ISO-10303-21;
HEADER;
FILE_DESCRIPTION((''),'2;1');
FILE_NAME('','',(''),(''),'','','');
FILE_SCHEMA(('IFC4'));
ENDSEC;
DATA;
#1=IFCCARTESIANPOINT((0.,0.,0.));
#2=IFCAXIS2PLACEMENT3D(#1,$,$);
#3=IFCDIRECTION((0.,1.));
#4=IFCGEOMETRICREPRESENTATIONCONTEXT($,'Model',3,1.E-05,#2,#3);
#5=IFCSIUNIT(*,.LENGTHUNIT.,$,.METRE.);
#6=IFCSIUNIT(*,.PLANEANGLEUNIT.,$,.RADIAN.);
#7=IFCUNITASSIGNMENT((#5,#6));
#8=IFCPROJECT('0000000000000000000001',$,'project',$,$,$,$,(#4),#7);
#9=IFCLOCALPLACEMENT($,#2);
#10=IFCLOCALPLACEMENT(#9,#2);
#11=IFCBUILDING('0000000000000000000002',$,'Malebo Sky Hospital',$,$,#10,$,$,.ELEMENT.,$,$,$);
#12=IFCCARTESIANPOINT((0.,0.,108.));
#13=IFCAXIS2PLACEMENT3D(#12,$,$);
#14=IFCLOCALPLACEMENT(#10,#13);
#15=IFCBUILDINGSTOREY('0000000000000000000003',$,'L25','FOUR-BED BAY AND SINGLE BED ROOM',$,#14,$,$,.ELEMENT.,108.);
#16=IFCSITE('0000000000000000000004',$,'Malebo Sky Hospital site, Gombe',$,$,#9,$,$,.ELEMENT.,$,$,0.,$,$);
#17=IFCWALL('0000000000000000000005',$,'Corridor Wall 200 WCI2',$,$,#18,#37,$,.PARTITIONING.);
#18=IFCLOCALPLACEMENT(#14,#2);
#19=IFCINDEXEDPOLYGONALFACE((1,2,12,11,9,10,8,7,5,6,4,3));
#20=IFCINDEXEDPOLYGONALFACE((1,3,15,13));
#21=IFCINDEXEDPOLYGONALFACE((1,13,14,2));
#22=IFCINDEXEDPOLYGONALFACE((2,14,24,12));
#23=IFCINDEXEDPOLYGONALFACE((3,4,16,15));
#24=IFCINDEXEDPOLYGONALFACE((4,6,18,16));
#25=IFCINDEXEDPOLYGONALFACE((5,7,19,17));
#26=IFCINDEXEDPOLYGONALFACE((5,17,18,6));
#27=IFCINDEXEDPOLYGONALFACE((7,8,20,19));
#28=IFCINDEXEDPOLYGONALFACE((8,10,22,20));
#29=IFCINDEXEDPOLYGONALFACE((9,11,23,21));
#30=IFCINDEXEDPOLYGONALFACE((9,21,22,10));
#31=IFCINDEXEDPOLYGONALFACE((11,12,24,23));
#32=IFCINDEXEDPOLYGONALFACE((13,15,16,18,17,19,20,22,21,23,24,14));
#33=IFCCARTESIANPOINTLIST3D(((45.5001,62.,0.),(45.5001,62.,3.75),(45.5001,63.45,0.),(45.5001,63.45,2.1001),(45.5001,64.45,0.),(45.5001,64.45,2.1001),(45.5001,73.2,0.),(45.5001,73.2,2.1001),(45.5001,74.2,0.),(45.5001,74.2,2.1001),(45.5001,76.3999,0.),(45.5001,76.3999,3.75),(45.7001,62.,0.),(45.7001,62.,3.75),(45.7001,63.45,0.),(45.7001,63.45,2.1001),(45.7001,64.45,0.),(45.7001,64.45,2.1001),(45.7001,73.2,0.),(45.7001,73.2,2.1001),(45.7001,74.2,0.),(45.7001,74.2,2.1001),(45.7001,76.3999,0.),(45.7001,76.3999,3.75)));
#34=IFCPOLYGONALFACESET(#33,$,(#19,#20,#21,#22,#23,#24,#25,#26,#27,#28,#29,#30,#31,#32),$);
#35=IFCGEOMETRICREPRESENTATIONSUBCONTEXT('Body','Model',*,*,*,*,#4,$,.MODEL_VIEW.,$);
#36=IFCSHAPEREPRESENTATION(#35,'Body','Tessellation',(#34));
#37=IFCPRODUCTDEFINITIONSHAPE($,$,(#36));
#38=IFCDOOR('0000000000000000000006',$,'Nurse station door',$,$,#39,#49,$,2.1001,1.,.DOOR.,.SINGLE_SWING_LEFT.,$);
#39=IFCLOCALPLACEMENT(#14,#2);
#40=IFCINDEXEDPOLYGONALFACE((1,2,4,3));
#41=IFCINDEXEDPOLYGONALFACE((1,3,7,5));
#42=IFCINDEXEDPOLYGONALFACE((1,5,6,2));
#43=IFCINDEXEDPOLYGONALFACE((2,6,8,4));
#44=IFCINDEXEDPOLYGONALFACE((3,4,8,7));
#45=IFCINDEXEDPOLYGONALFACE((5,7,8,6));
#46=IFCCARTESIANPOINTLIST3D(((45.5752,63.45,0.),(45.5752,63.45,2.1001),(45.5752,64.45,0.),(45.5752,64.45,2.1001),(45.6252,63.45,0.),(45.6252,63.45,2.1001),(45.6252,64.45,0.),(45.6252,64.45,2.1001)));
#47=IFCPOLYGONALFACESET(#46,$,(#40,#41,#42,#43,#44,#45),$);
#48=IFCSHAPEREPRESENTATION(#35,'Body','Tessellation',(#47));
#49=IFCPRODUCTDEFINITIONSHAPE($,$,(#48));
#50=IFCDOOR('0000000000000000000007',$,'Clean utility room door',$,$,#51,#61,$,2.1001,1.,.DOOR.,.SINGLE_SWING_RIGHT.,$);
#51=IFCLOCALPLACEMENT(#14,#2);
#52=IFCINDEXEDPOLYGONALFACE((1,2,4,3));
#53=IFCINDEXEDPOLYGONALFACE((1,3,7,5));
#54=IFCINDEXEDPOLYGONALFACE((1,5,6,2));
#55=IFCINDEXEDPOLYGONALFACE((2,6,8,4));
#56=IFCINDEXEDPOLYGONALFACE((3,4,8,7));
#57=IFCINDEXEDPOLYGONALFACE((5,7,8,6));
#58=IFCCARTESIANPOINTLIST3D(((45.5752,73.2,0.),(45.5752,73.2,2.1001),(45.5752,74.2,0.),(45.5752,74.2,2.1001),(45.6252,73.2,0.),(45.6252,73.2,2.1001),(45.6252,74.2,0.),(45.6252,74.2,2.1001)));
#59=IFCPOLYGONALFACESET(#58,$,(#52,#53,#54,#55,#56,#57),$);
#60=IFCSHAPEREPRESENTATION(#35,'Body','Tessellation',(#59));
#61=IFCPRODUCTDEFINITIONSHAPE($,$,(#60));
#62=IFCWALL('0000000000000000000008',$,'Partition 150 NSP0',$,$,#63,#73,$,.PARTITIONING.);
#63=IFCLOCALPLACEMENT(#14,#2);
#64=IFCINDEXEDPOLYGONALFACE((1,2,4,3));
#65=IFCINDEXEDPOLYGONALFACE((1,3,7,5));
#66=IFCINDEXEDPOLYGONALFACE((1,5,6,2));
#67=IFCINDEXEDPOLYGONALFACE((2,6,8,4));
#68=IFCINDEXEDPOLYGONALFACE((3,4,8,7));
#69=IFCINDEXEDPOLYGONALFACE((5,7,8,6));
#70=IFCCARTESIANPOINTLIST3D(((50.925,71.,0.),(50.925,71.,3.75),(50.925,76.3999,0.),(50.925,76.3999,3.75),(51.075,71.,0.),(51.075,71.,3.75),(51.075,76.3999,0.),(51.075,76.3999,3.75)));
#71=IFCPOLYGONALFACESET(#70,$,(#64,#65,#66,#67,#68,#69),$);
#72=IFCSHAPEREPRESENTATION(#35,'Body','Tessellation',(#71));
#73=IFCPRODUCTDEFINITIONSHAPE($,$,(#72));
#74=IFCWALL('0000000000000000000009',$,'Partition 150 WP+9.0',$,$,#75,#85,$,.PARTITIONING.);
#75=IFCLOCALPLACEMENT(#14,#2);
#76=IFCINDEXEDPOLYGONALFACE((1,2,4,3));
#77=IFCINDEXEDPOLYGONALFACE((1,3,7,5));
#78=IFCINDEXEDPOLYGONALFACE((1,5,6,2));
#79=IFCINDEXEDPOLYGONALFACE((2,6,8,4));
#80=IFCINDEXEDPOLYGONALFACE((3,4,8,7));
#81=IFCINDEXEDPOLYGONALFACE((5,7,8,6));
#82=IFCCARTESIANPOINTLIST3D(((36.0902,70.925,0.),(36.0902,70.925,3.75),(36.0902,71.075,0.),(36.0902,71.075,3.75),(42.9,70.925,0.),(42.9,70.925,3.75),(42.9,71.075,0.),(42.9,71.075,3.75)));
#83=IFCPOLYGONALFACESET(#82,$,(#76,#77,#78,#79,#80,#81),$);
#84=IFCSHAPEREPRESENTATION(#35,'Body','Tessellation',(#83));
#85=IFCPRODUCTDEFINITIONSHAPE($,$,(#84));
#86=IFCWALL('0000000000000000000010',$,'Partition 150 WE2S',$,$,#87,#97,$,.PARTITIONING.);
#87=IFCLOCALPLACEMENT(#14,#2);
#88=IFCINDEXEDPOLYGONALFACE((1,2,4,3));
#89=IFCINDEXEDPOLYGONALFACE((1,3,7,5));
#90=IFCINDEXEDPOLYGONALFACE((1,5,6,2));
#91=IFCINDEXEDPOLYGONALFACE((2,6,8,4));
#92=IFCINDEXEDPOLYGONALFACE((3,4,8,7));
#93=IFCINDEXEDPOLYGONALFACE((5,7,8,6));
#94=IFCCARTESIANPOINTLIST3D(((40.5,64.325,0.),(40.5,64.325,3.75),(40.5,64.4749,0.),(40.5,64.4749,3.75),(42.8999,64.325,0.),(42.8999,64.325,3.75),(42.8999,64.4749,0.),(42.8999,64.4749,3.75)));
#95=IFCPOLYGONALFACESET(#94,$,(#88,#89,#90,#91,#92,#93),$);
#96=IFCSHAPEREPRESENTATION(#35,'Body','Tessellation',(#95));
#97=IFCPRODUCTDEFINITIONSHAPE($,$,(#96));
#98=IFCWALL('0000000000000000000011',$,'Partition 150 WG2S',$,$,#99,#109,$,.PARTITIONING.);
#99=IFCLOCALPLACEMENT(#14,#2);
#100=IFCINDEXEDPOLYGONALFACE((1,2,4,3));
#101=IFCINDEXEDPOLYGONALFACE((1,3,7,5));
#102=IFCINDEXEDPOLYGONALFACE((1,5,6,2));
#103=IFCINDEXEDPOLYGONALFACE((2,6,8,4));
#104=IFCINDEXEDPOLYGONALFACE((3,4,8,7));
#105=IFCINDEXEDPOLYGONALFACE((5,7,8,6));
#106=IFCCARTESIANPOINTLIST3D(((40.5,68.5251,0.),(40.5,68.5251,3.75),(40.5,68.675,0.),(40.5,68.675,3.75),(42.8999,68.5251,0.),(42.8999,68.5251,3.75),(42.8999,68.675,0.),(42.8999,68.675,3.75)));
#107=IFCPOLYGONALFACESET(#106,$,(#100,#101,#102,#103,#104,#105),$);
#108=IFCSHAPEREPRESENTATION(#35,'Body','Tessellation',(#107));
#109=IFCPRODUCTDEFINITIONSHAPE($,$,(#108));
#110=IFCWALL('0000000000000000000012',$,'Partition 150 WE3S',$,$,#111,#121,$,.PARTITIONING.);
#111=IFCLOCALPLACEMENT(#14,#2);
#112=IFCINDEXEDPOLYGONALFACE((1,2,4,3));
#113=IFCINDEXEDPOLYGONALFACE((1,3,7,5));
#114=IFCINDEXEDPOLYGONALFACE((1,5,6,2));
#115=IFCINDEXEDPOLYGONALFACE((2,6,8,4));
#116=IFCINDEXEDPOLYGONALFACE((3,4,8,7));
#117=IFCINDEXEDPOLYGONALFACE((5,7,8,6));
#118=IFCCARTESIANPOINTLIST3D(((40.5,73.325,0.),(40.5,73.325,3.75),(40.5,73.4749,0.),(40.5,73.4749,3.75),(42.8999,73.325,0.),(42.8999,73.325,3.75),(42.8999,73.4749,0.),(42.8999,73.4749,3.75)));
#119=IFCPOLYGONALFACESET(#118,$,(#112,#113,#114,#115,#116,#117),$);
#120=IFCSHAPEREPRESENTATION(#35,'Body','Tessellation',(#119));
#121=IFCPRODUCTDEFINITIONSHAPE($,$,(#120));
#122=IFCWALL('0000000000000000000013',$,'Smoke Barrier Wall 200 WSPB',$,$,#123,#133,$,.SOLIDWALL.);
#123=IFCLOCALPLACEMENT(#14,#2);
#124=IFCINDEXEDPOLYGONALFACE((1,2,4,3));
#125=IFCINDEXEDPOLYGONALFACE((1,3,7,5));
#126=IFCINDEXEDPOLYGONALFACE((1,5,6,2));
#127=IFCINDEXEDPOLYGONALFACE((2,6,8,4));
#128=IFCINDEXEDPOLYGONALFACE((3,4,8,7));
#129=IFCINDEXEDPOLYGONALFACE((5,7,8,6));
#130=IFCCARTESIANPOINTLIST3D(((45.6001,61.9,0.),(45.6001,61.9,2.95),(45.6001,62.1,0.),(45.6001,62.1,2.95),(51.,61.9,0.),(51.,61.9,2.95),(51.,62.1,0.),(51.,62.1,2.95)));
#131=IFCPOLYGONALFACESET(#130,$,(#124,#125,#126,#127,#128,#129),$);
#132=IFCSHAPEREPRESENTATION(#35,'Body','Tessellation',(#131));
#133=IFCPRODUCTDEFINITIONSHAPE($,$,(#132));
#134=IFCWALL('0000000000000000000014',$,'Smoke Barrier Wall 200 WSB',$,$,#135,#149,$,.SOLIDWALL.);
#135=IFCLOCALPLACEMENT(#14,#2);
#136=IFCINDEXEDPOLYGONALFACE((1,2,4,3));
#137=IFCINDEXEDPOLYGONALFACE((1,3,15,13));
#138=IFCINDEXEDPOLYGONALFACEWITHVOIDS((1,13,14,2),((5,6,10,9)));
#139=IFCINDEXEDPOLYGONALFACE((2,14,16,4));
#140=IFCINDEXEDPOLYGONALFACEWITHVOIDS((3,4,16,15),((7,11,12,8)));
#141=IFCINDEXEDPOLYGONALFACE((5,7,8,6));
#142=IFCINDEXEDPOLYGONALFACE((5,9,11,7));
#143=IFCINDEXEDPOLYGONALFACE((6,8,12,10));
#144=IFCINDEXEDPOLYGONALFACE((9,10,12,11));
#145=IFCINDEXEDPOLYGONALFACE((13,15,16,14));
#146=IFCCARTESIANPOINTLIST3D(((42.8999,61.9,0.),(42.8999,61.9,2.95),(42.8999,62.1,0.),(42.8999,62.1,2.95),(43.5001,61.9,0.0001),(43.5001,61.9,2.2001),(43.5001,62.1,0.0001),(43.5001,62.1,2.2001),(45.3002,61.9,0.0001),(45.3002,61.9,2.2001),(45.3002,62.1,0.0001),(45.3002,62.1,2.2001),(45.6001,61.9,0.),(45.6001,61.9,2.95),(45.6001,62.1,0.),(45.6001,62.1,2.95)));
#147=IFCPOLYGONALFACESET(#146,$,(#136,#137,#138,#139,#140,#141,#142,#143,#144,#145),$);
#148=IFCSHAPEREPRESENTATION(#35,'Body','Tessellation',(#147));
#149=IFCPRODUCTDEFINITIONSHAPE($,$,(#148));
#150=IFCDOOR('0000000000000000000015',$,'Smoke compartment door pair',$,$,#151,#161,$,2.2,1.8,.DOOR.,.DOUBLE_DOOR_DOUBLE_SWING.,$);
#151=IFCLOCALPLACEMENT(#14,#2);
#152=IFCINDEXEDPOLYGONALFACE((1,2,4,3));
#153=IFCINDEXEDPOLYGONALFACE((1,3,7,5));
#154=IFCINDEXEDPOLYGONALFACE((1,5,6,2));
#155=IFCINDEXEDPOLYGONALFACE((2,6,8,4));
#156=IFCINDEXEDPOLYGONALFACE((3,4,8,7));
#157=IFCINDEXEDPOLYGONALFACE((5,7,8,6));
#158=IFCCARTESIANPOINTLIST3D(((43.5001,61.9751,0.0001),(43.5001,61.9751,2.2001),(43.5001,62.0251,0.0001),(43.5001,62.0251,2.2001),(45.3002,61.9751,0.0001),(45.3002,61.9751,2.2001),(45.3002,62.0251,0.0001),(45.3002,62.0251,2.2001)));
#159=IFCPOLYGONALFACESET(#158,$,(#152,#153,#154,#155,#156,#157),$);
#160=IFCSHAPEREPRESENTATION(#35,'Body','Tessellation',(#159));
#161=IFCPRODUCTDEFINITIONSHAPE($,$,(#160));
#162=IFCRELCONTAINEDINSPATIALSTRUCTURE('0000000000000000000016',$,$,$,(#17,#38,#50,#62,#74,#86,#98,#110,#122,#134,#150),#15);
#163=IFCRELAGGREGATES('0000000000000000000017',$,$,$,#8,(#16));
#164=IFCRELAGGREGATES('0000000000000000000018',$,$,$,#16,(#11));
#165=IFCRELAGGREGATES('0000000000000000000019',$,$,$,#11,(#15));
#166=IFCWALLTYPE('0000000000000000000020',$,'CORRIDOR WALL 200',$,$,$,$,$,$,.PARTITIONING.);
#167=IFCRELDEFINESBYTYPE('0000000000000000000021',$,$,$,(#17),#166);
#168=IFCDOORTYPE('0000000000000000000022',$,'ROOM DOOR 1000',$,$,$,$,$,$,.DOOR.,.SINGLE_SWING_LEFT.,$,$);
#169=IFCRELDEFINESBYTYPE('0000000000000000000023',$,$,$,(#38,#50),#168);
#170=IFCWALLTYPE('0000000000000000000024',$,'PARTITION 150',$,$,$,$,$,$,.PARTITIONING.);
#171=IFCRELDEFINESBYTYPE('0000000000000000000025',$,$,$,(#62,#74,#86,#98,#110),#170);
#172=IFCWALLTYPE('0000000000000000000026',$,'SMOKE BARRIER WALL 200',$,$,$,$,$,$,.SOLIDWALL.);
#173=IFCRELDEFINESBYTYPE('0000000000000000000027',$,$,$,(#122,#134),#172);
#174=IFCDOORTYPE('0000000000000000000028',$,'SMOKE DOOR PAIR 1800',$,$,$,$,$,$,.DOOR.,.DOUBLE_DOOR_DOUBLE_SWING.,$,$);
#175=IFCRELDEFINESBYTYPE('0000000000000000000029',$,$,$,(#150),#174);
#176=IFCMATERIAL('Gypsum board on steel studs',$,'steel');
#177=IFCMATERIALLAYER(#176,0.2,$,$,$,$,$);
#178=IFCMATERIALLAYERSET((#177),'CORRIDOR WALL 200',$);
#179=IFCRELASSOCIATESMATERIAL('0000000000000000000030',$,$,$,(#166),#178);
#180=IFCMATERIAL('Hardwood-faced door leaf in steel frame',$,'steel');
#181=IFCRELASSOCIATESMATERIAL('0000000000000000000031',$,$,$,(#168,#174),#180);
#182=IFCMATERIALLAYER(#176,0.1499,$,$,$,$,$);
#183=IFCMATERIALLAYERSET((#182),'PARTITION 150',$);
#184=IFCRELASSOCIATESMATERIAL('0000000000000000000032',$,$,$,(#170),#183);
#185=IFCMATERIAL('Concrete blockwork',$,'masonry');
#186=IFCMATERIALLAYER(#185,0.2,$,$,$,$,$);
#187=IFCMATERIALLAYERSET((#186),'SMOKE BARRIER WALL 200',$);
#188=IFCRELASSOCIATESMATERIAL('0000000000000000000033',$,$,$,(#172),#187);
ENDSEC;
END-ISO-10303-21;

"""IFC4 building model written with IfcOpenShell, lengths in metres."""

from ifc_helpers import new_model, si_unit, direction, frame, frame_2d, origin, place, context, subcontext, project, spatial, rectangle, extrude, material, layer, layer_set, type_object, element, fill, save


model = new_model("IFC4")

# Units and contexts
model_context = context("Model", 3, precision=1e-05, world=origin(), true_north=direction((0.0, 1.0)))
body_context = subcontext(model_context, "Body", "Model", "MODEL_VIEW")
ifc_project = project(units=[si_unit("LENGTHUNIT", "METRE"), si_unit("PLANEANGLEUNIT", "RADIAN")], contexts=[model_context])

# Site, building, storey
site_placement = place(None, origin())
site = spatial("IfcSite", under=ifc_project, at=site_placement, Name="Malebo Sky Hospital site, Gombe", CompositionType="ELEMENT", RefElevation=0.0)
building_placement = place(site_placement, origin())
building = spatial("IfcBuilding", under=site, at=building_placement, Name="Malebo Sky Hospital", CompositionType="ELEMENT")
storey_placement = place(building_placement, frame((0.0, 0.0, 108.0)))
storey = spatial("IfcBuildingStorey", under=building, at=storey_placement, Name="L25", Description="FOUR-BED BAY AND SINGLE BED ROOM", CompositionType="ELEMENT", Elevation=108.0)

# Shared definitions
ifc_material_1 = material(Name="Hardwood-faced door leaf in steel frame", Category="steel")

# Wall, openings, doors
ifc_material_2 = material(Name="Gypsum board on steel studs", Category="steel")
ifc_layer_1 = layer(ifc_material_2, 0.2)
ifc_layer_set_1 = layer_set([ifc_layer_1], Name="CORRIDOR WALL 200")
wall_type_1 = type_object("IfcWallType", Name="CORRIDOR WALL 200", PredefinedType="PARTITIONING", material=ifc_layer_set_1)
wall_1_placement = place(storey_placement, frame((45.6001, 62.0, 0.0), z_axis=(0.0, 0.0, 1.0), x_axis=(0.0, 1.0, 0.0)))
wall_1 = element("IfcWall", 1, at=wall_1_placement, inside=storey, type_object=wall_type_1, Name="Corridor Wall 200 WCI2", PredefinedType="PARTITIONING", context=body_context, shape_type="SweptSolid", body=[
    extrude(rectangle(XDim=14.3999, YDim=0.2, at=frame_2d((7.2, 0.0))), origin(), (0.0, 0.0, 1.0), 3.75),
])
opening_1_placement = place(wall_1_placement, frame((1.45, 0.0, 0.0)))
opening_1 = element("IfcOpeningElement", 2, at=opening_1_placement, cuts=wall_1, PredefinedType="OPENING", context=body_context, shape_type="SweptSolid", body=[
    extrude(rectangle(XDim=1.0, YDim=2.1001, at=frame_2d((0.5, 1.05))), frame((0.0, 0.1099, 0.0), z_axis=(0.0, -1.0, 0.0), x_axis=(1.0, 0.0, 0.0)), (0.0, 0.0, 1.0), 0.22),
])
opening_2_placement = place(wall_1_placement, frame((11.2, 0.0, 0.0)))
opening_2 = element("IfcOpeningElement", 3, at=opening_2_placement, cuts=wall_1, PredefinedType="OPENING", context=body_context, shape_type="SweptSolid", body=[
    extrude(rectangle(XDim=1.0, YDim=2.1001, at=frame_2d((0.5, 1.05))), frame((0.0, 0.1099, 0.0), z_axis=(0.0, -1.0, 0.0), x_axis=(1.0, 0.0, 0.0)), (0.0, 0.0, 1.0), 0.22),
])
door_type_1 = type_object("IfcDoorType", Name="ROOM DOOR 1000", OperationType="SINGLE_SWING_LEFT", PredefinedType="DOOR", material=ifc_material_1)
door_1_placement = place(opening_1_placement, origin())
door_1 = element("IfcDoor", 4, at=door_1_placement, inside=storey, type_object=door_type_1, Name="Nurse station door", OperationType="SINGLE_SWING_LEFT", OverallHeight=2.1001, OverallWidth=1.0, PredefinedType="DOOR", context=body_context, shape_type="SweptSolid", body=[
    extrude(rectangle(XDim=1.0, YDim=2.1001, at=frame_2d((0.5, 1.05))), frame((0.0, 0.0249, 0.0), z_axis=(0.0, -1.0, 0.0), x_axis=(1.0, 0.0, 0.0)), (0.0, 0.0, 1.0), 0.05),
])
fill(opening_1, door_1)
door_2_placement = place(opening_2_placement, origin())
door_2 = element("IfcDoor", 5, at=door_2_placement, inside=storey, type_object=door_type_1, Name="Clean utility room door", OperationType="SINGLE_SWING_RIGHT", OverallHeight=2.1001, OverallWidth=1.0, PredefinedType="DOOR", context=body_context, shape_type="SweptSolid", body=[
    extrude(rectangle(XDim=1.0, YDim=2.1001, at=frame_2d((0.5, 1.05))), frame((0.0, 0.0249, 0.0), z_axis=(0.0, -1.0, 0.0), x_axis=(1.0, 0.0, 0.0)), (0.0, 0.0, 1.0), 0.05),
])
fill(opening_2, door_2)

# Walls
ifc_layer_2 = layer(ifc_material_2, 0.1499)
ifc_layer_set_2 = layer_set([ifc_layer_2], Name="PARTITION 150")
wall_type_2 = type_object("IfcWallType", Name="PARTITION 150", PredefinedType="PARTITIONING", material=ifc_layer_set_2)
wall_2_placement = place(storey_placement, frame((51.0, 71.0, 0.0), z_axis=(0.0, 0.0, 1.0), x_axis=(0.0, 1.0, 0.0)))
element("IfcWall", 6, at=wall_2_placement, inside=storey, type_object=wall_type_2, Name="Partition 150 NSP0", PredefinedType="PARTITIONING", context=body_context, shape_type="SweptSolid", body=[
    extrude(rectangle(XDim=5.3999, YDim=0.1499, at=frame_2d((2.7, 0.0))), origin(), (0.0, 0.0, 1.0), 3.75),
])
wall_3_placement = place(storey_placement, frame((42.8999, 71.0, 0.0), z_axis=(0.0, 0.0, 1.0), x_axis=(-1.0, 0.0, 0.0)))
element("IfcWall", 7, at=wall_3_placement, inside=storey, type_object=wall_type_2, Name="Partition 150 WP+9.0", PredefinedType="PARTITIONING", context=body_context, shape_type="SweptSolid", body=[
    extrude(rectangle(XDim=6.8098, YDim=0.1499, at=frame_2d((3.4048, 0.0))), origin(), (0.0, 0.0, 1.0), 3.75),
])
for number, where, z_axis, x_axis, name in (
    (8, (42.8999, 64.3999, 0.0), (0.0, 0.0, 1.0), (-1.0, 0.0, 0.0), "Partition 150 WE2S"),
    (9, (42.8999, 68.6001, 0.0), (0.0, 0.0, 1.0), (-1.0, 0.0, 0.0), "Partition 150 WG2S"),
    (10, (42.8999, 73.3999, 0.0), (0.0, 0.0, 1.0), (-1.0, 0.0, 0.0), "Partition 150 WE3S"),
):
    element("IfcWall", number, at=place(storey_placement, frame(where, z_axis=z_axis, x_axis=x_axis)), inside=storey, type_object=wall_type_2, Name=name, PredefinedType="PARTITIONING", context=body_context, shape_type="SweptSolid", body=[
        extrude(rectangle(XDim=2.3999, YDim=0.1499, at=frame_2d((1.2, 0.0))), origin(), (0.0, 0.0, 1.0), 3.75),
    ])
ifc_material_3 = material(Name="Concrete blockwork", Category="masonry")
ifc_layer_3 = layer(ifc_material_3, 0.2)
ifc_layer_set_3 = layer_set([ifc_layer_3], Name="SMOKE BARRIER WALL 200")
wall_type_3 = type_object("IfcWallType", Name="SMOKE BARRIER WALL 200", PredefinedType="SOLIDWALL", material=ifc_layer_set_3)
wall_4_placement = place(storey_placement, frame((51.0, 62.0, 0.0), z_axis=(0.0, 0.0, 1.0), x_axis=(-1.0, 0.0, 0.0)))
element("IfcWall", 11, at=wall_4_placement, inside=storey, type_object=wall_type_3, Name="Smoke Barrier Wall 200 WSPB", PredefinedType="SOLIDWALL", context=body_context, shape_type="SweptSolid", body=[
    extrude(rectangle(XDim=5.3999, YDim=0.2, at=frame_2d((2.7, 0.0))), origin(), (0.0, 0.0, 1.0), 2.95),
])

# Wall, opening, door
wall_5_placement = place(storey_placement, frame((45.6001, 62.0, 0.0), z_axis=(0.0, 0.0, 1.0), x_axis=(-1.0, 0.0, 0.0)))
wall_5 = element("IfcWall", 12, at=wall_5_placement, inside=storey, type_object=wall_type_3, Name="Smoke Barrier Wall 200 WSB", PredefinedType="SOLIDWALL", context=body_context, shape_type="SweptSolid", body=[
    extrude(rectangle(XDim=2.7002, YDim=0.2, at=frame_2d((1.3501, 0.0))), origin(), (0.0, 0.0, 1.0), 2.95),
])
opening_3_placement = place(wall_5_placement, frame((0.3, 0.0, 0.0)))
opening_3 = element("IfcOpeningElement", 13, at=opening_3_placement, cuts=wall_5, PredefinedType="OPENING", context=body_context, shape_type="SweptSolid", body=[
    extrude(rectangle(XDim=1.8, YDim=2.2, at=frame_2d((0.8999, 1.1001))), frame((0.0, 0.1099, 0.0), z_axis=(0.0, -1.0, 0.0), x_axis=(1.0, 0.0, 0.0)), (0.0, 0.0, 1.0), 0.22),
])
door_type_2 = type_object("IfcDoorType", Name="SMOKE DOOR PAIR 1800", OperationType="DOUBLE_DOOR_DOUBLE_SWING", PredefinedType="DOOR", material=ifc_material_1)
door_3_placement = place(opening_3_placement, origin())
door_3 = element("IfcDoor", 14, at=door_3_placement, inside=storey, type_object=door_type_2, Name="Smoke compartment door pair", OperationType="DOUBLE_DOOR_DOUBLE_SWING", OverallHeight=2.2, OverallWidth=1.8, PredefinedType="DOOR", context=body_context, shape_type="SweptSolid", body=[
    extrude(rectangle(XDim=1.8, YDim=2.2, at=frame_2d((0.8999, 1.1001))), frame((0.0, 0.0249, 0.0), z_axis=(0.0, -1.0, 0.0), x_axis=(1.0, 0.0, 0.0)), (0.0, 0.0, 1.0), 0.05),
])
fill(opening_3, door_3)

save(model, "model.ifc")
